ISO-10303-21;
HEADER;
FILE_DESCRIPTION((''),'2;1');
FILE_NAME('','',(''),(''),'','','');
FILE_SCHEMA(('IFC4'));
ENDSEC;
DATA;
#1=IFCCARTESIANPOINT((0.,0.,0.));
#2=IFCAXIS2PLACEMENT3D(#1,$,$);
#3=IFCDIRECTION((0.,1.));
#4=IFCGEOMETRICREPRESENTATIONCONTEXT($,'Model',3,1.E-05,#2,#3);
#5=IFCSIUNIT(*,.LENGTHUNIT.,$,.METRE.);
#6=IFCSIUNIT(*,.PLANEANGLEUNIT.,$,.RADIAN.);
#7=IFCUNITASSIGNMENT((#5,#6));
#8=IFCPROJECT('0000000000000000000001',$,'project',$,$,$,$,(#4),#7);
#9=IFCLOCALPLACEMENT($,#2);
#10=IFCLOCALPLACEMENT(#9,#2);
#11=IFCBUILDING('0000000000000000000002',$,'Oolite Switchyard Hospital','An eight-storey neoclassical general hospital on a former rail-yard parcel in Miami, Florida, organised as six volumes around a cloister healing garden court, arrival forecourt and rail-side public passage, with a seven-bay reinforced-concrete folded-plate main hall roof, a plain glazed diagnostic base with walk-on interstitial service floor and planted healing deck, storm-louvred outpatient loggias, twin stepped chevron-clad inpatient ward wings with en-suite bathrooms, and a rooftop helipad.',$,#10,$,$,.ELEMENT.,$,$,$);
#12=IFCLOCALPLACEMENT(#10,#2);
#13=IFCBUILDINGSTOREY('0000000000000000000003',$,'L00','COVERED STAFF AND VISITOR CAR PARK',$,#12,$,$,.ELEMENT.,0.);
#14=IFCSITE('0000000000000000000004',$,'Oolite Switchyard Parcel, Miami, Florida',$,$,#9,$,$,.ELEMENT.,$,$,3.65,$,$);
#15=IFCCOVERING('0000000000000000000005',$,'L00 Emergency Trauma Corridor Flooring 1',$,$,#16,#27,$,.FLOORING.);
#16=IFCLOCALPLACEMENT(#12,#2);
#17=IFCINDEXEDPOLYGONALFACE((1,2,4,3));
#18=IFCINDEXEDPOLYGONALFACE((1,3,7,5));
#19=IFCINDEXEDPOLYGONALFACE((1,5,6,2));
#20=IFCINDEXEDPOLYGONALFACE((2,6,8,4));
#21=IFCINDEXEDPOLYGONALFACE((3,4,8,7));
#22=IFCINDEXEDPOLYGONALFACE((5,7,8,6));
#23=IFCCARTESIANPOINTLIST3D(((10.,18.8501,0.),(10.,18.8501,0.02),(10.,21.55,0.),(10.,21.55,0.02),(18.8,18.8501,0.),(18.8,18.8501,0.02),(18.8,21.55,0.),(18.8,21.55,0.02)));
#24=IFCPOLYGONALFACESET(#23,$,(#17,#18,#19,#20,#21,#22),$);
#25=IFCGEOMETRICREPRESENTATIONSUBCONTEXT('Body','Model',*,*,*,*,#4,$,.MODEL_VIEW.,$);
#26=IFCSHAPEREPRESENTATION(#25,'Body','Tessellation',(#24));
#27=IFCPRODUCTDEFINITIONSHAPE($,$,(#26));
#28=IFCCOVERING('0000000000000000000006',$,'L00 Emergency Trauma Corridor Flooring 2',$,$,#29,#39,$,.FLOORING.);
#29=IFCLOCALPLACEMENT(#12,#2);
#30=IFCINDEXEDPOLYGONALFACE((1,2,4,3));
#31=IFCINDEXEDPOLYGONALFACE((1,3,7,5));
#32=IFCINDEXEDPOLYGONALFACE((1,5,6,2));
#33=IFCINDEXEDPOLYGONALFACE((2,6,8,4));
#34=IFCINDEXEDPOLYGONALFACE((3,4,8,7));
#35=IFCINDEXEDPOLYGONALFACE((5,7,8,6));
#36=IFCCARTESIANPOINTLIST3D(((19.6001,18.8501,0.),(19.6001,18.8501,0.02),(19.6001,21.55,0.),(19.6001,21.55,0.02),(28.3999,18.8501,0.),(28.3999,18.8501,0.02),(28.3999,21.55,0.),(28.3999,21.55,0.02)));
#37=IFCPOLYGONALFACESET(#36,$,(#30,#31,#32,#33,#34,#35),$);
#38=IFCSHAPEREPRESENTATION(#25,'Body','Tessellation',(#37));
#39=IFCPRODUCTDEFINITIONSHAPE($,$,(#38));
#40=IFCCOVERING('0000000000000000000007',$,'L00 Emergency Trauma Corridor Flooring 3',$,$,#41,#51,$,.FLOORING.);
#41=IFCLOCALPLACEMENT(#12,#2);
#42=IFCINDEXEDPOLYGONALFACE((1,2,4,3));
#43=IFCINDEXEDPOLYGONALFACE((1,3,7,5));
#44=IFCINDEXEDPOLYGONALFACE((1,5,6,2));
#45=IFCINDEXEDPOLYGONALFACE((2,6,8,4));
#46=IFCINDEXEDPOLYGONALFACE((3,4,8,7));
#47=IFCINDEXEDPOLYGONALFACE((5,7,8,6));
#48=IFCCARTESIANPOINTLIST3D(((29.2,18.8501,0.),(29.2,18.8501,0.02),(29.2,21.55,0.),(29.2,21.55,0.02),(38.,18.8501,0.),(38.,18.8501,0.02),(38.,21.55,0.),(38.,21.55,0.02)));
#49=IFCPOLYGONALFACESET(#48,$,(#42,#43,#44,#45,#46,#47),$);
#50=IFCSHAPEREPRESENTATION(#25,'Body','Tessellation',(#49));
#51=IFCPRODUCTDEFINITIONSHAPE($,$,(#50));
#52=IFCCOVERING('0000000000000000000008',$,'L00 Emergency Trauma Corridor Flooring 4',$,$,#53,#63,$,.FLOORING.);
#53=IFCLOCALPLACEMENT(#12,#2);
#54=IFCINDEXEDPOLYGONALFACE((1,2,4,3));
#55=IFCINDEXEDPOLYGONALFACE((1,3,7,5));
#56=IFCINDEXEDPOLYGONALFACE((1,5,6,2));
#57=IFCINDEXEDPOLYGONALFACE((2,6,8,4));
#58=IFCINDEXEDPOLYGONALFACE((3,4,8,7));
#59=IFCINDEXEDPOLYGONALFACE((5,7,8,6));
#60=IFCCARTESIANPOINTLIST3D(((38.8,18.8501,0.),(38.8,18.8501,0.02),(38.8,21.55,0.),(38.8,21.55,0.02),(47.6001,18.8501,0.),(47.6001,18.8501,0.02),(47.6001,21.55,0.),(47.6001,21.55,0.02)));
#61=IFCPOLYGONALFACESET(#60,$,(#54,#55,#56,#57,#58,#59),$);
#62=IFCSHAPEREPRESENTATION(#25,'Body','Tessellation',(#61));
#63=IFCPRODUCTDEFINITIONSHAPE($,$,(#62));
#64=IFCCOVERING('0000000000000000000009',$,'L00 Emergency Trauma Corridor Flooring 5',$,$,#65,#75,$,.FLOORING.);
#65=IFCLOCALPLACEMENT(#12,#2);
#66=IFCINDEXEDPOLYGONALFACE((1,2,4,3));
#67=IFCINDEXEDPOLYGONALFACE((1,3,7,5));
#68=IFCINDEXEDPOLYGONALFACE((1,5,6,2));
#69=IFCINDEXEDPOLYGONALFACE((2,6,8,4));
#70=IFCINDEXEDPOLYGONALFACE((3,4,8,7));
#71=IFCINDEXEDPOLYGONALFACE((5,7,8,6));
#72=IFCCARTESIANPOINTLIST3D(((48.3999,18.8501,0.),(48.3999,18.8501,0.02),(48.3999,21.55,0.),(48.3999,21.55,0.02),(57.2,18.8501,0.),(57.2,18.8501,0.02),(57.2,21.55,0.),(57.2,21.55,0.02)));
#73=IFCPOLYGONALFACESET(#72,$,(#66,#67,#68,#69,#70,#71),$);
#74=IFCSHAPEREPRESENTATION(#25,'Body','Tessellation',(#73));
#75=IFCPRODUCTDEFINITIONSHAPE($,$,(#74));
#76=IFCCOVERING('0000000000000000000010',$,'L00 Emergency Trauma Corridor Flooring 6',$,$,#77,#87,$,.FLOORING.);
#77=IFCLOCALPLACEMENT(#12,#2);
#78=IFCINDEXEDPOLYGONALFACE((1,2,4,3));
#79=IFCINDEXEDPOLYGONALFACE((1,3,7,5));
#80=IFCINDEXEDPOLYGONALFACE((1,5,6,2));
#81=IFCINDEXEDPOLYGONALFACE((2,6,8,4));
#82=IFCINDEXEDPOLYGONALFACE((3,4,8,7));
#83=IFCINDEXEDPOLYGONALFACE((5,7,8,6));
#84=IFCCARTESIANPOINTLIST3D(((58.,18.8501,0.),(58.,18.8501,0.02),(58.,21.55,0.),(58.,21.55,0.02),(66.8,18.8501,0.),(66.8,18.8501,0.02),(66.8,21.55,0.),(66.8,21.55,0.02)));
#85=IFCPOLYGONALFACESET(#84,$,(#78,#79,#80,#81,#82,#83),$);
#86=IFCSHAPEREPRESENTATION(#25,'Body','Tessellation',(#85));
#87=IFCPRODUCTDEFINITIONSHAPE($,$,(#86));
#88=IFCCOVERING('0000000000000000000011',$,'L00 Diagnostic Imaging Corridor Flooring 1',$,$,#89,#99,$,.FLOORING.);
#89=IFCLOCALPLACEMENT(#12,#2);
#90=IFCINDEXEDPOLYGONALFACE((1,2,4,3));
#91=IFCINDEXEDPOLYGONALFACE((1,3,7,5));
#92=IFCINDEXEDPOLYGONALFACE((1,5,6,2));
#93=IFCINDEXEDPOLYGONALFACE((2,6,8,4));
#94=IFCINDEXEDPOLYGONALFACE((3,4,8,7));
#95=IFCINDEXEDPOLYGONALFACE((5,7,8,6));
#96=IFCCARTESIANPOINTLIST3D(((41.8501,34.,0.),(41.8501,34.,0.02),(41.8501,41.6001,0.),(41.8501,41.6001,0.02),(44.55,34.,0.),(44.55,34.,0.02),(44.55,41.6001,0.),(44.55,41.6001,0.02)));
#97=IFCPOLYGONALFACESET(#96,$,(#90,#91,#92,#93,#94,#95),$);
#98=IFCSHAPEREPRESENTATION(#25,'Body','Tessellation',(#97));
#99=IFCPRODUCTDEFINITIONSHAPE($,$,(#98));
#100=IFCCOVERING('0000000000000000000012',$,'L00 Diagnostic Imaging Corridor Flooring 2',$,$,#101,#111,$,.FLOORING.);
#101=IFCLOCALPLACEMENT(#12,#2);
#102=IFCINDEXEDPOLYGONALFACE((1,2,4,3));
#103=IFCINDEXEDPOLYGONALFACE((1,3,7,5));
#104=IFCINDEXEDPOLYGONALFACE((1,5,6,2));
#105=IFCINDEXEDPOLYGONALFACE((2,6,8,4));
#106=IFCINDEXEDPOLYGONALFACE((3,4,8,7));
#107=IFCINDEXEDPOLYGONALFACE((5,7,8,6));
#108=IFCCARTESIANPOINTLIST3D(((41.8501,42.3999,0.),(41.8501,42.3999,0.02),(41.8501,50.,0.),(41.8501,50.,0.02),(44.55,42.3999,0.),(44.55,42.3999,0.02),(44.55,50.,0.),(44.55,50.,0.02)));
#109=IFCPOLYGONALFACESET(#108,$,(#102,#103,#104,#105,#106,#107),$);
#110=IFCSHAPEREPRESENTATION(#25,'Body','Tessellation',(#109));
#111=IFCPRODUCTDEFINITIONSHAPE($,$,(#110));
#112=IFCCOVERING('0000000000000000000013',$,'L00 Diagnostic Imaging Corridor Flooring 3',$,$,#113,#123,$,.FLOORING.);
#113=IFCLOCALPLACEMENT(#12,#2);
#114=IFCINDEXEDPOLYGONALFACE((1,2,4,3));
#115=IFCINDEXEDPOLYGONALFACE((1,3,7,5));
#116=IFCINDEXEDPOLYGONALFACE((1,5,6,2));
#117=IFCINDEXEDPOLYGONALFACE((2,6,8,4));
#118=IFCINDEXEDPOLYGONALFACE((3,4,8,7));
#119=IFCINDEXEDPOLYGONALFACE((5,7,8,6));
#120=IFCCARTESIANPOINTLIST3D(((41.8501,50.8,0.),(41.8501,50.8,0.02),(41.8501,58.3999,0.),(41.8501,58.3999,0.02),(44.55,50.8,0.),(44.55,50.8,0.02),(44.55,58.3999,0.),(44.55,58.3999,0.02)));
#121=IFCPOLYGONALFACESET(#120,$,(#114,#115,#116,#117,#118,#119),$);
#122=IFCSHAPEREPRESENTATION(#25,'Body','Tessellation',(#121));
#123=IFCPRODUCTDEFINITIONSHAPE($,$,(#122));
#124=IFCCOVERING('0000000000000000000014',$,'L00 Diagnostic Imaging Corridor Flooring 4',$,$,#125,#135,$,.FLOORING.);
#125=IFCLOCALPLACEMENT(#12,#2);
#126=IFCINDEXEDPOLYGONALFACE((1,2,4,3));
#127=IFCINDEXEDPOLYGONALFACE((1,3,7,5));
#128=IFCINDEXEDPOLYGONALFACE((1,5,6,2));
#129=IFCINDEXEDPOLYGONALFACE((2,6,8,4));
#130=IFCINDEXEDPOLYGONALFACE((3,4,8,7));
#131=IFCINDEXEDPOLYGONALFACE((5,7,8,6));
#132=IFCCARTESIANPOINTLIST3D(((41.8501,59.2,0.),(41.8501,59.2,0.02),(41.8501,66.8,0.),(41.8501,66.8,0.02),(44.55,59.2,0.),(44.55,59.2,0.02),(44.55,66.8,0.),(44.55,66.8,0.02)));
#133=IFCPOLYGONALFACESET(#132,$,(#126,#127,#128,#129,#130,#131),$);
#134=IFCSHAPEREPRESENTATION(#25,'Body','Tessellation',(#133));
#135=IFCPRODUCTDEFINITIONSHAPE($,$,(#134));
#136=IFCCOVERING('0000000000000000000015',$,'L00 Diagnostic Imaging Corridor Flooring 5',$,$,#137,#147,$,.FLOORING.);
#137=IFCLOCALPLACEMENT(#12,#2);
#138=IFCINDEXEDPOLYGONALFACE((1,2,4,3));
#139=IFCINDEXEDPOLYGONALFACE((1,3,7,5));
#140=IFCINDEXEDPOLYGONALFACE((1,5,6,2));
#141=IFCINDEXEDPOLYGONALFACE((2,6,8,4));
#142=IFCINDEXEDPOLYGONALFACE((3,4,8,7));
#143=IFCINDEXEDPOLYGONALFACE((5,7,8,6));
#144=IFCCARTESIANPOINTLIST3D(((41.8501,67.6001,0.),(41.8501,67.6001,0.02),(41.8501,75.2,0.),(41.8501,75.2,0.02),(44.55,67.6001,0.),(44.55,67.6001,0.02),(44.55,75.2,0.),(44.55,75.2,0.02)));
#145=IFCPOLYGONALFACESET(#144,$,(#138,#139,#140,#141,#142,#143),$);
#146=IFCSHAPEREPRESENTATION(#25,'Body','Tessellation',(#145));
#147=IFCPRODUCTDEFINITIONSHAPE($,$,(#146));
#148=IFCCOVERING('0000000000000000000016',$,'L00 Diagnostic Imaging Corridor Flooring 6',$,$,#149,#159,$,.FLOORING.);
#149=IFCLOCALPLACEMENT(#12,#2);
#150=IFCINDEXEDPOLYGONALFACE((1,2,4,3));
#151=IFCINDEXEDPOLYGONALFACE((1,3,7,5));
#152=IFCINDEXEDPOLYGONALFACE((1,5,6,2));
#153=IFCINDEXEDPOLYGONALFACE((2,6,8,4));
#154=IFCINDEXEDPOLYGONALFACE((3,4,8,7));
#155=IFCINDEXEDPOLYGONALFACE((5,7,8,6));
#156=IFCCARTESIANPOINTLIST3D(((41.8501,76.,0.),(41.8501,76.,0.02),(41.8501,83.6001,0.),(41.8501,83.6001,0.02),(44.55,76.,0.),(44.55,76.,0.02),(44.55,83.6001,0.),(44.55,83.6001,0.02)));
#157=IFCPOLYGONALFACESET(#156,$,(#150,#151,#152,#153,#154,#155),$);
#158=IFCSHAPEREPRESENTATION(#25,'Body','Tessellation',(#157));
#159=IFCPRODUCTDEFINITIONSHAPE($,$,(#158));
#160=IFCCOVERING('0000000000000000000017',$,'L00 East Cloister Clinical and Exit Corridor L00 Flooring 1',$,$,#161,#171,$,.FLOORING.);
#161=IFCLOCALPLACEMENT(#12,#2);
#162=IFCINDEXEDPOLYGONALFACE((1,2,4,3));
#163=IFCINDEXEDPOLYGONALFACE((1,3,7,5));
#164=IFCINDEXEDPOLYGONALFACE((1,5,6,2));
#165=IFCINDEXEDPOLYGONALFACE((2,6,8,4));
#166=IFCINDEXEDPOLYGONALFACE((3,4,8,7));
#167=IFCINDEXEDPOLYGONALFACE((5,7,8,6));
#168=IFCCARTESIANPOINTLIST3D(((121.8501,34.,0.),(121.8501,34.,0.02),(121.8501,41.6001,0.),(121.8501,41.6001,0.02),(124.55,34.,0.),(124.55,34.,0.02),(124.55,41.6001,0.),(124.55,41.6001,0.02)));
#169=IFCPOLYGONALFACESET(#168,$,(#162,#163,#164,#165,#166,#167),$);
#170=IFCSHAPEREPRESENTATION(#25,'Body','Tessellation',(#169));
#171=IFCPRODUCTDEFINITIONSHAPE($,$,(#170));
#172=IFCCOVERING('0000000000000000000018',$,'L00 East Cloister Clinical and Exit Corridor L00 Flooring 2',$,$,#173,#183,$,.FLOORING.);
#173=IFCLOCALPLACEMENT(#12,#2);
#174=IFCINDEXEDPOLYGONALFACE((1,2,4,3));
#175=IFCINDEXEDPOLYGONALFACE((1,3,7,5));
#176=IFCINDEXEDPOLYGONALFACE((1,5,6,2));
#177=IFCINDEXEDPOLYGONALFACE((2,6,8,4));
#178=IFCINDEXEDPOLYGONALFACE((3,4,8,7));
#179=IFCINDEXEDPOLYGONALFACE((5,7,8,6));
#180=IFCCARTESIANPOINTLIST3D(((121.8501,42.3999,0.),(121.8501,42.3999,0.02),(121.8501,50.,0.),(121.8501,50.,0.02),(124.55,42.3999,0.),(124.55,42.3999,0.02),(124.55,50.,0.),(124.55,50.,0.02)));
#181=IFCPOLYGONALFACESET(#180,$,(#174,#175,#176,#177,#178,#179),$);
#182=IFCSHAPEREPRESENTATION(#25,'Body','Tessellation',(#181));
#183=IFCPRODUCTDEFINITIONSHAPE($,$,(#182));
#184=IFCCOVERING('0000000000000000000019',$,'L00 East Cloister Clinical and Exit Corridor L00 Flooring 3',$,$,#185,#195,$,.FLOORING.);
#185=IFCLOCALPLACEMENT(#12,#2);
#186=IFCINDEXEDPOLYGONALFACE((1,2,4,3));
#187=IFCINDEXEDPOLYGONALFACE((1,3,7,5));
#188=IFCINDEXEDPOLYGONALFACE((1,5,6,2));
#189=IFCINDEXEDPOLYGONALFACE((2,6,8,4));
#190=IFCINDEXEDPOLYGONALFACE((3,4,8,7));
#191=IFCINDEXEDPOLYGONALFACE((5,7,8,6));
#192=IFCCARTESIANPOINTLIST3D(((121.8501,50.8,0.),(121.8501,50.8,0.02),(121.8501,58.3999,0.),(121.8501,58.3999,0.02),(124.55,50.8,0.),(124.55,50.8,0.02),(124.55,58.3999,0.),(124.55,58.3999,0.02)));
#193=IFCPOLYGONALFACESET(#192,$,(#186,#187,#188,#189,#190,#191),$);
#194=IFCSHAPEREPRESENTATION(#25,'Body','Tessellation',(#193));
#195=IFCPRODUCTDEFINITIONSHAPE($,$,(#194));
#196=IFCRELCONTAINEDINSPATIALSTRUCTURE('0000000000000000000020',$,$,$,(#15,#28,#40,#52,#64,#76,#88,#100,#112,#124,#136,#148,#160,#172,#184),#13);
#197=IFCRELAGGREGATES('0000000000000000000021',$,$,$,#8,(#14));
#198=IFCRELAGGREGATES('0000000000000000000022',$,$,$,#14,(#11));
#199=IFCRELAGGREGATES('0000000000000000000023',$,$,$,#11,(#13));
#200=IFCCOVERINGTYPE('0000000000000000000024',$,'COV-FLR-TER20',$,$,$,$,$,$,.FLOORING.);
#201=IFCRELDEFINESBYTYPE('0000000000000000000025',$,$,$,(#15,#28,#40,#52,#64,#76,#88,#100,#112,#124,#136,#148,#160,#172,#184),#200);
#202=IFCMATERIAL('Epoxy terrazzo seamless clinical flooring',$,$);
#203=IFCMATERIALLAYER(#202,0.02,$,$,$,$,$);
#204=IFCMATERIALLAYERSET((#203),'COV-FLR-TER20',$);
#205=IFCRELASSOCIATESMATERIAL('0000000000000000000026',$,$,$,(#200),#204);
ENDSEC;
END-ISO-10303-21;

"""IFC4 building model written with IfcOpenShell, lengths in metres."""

from ifc_helpers import new_model, si_unit, direction, origin, place, context, subcontext, project, spatial, polyline, outline, extrude, material, layer, layer_set, type_object, element, save


model = new_model("IFC4")

# Units and contexts
model_context = context("Model", 3, precision=1e-05, world=origin(), true_north=direction((0.0, 1.0)))
body_context = subcontext(model_context, "Body", "Model", "MODEL_VIEW")
ifc_project = project(units=[si_unit("LENGTHUNIT", "METRE"), si_unit("PLANEANGLEUNIT", "RADIAN")], contexts=[model_context])

# Site, building, storey
site_placement = place(None, origin())
site = spatial("IfcSite", under=ifc_project, at=site_placement, Name="Oolite Switchyard Parcel, Miami, Florida", CompositionType="ELEMENT", RefElevation=3.65)
building_placement = place(site_placement, origin())
building = spatial("IfcBuilding", under=site, at=building_placement, Name="Oolite Switchyard Hospital", Description="An eight-storey neoclassical general hospital on a former rail-yard parcel in Miami, Florida, organised as six volumes around a cloister healing garden court, arrival forecourt and rail-side public passage, with a seven-bay reinforced-concrete folded-plate main hall roof, a plain glazed diagnostic base with walk-on interstitial service floor and planted healing deck, storm-louvred outpatient loggias, twin stepped chevron-clad inpatient ward wings with en-suite bathrooms, and a rooftop helipad.", CompositionType="ELEMENT")
storey_placement = place(building_placement, origin())
storey = spatial("IfcBuildingStorey", under=building, at=storey_placement, Name="L00", Description="COVERED STAFF AND VISITOR CAR PARK", CompositionType="ELEMENT", Elevation=0.0)

# Coverings
ifc_material = material(Name="Epoxy terrazzo seamless clinical flooring")
ifc_layer = layer(ifc_material, 0.02)
ifc_layer_set = layer_set([ifc_layer], Name="COV-FLR-TER20")
covering_type = type_object("IfcCoveringType", Name="COV-FLR-TER20", PredefinedType="FLOORING", material=ifc_layer_set)
covering_1_placement = place(storey_placement, origin())
element("IfcCovering", 1, at=covering_1_placement, inside=storey, type_object=covering_type, Name="L00 Emergency Trauma Corridor Flooring 1", PredefinedType="FLOORING", context=body_context, shape_type="SweptSolid", body=[
    extrude(outline(polyline([(10.0, 18.8501), (18.8, 18.8501), (18.8, 21.55), (10.0, 21.55), (10.0, 18.8501)])), origin(), (0.0, 0.0, 1.0), 0.02),
])
covering_2_placement = place(storey_placement, origin())
element("IfcCovering", 2, at=covering_2_placement, inside=storey, type_object=covering_type, Name="L00 Emergency Trauma Corridor Flooring 2", PredefinedType="FLOORING", context=body_context, shape_type="SweptSolid", body=[
    extrude(outline(polyline([(19.6001, 18.8501), (28.3999, 18.8501), (28.3999, 21.55), (19.6001, 21.55), (19.6001, 18.8501)])), origin(), (0.0, 0.0, 1.0), 0.02),
])
covering_3_placement = place(storey_placement, origin())
element("IfcCovering", 3, at=covering_3_placement, inside=storey, type_object=covering_type, Name="L00 Emergency Trauma Corridor Flooring 3", PredefinedType="FLOORING", context=body_context, shape_type="SweptSolid", body=[
    extrude(outline(polyline([(29.2, 18.8501), (38.0, 18.8501), (38.0, 21.55), (29.2, 21.55), (29.2, 18.8501)])), origin(), (0.0, 0.0, 1.0), 0.02),
])
covering_4_placement = place(storey_placement, origin())
element("IfcCovering", 4, at=covering_4_placement, inside=storey, type_object=covering_type, Name="L00 Emergency Trauma Corridor Flooring 4", PredefinedType="FLOORING", context=body_context, shape_type="SweptSolid", body=[
    extrude(outline(polyline([(38.8, 18.8501), (47.6001, 18.8501), (47.6001, 21.55), (38.8, 21.55), (38.8, 18.8501)])), origin(), (0.0, 0.0, 1.0), 0.02),
])
covering_5_placement = place(storey_placement, origin())
element("IfcCovering", 5, at=covering_5_placement, inside=storey, type_object=covering_type, Name="L00 Emergency Trauma Corridor Flooring 5", PredefinedType="FLOORING", context=body_context, shape_type="SweptSolid", body=[
    extrude(outline(polyline([(48.3999, 18.8501), (57.2, 18.8501), (57.2, 21.55), (48.3999, 21.55), (48.3999, 18.8501)])), origin(), (0.0, 0.0, 1.0), 0.02),
])
covering_6_placement = place(storey_placement, origin())
element("IfcCovering", 6, at=covering_6_placement, inside=storey, type_object=covering_type, Name="L00 Emergency Trauma Corridor Flooring 6", PredefinedType="FLOORING", context=body_context, shape_type="SweptSolid", body=[
    extrude(outline(polyline([(58.0, 18.8501), (66.8, 18.8501), (66.8, 21.55), (58.0, 21.55), (58.0, 18.8501)])), origin(), (0.0, 0.0, 1.0), 0.02),
])
covering_7_placement = place(storey_placement, origin())
element("IfcCovering", 7, at=covering_7_placement, inside=storey, type_object=covering_type, Name="L00 Diagnostic Imaging Corridor Flooring 1", PredefinedType="FLOORING", context=body_context, shape_type="SweptSolid", body=[
    extrude(outline(polyline([(41.8501, 34.0), (44.55, 34.0), (44.55, 41.6001), (41.8501, 41.6001), (41.8501, 34.0)])), origin(), (0.0, 0.0, 1.0), 0.02),
])
covering_8_placement = place(storey_placement, origin())
element("IfcCovering", 8, at=covering_8_placement, inside=storey, type_object=covering_type, Name="L00 Diagnostic Imaging Corridor Flooring 2", PredefinedType="FLOORING", context=body_context, shape_type="SweptSolid", body=[
    extrude(outline(polyline([(41.8501, 42.3999), (44.55, 42.3999), (44.55, 50.0), (41.8501, 50.0), (41.8501, 42.3999)])), origin(), (0.0, 0.0, 1.0), 0.02),
])
covering_9_placement = place(storey_placement, origin())
element("IfcCovering", 9, at=covering_9_placement, inside=storey, type_object=covering_type, Name="L00 Diagnostic Imaging Corridor Flooring 3", PredefinedType="FLOORING", context=body_context, shape_type="SweptSolid", body=[
    extrude(outline(polyline([(41.8501, 50.8), (44.55, 50.8), (44.55, 58.3999), (41.8501, 58.3999), (41.8501, 50.8)])), origin(), (0.0, 0.0, 1.0), 0.02),
])
covering_10_placement = place(storey_placement, origin())
element("IfcCovering", 10, at=covering_10_placement, inside=storey, type_object=covering_type, Name="L00 Diagnostic Imaging Corridor Flooring 4", PredefinedType="FLOORING", context=body_context, shape_type="SweptSolid", body=[
    extrude(outline(polyline([(41.8501, 59.2), (44.55, 59.2), (44.55, 66.8), (41.8501, 66.8), (41.8501, 59.2)])), origin(), (0.0, 0.0, 1.0), 0.02),
])
covering_11_placement = place(storey_placement, origin())
element("IfcCovering", 11, at=covering_11_placement, inside=storey, type_object=covering_type, Name="L00 Diagnostic Imaging Corridor Flooring 5", PredefinedType="FLOORING", context=body_context, shape_type="SweptSolid", body=[
    extrude(outline(polyline([(41.8501, 67.6001), (44.55, 67.6001), (44.55, 75.2), (41.8501, 75.2), (41.8501, 67.6001)])), origin(), (0.0, 0.0, 1.0), 0.02),
])
covering_12_placement = place(storey_placement, origin())
element("IfcCovering", 12, at=covering_12_placement, inside=storey, type_object=covering_type, Name="L00 Diagnostic Imaging Corridor Flooring 6", PredefinedType="FLOORING", context=body_context, shape_type="SweptSolid", body=[
    extrude(outline(polyline([(41.8501, 76.0), (44.55, 76.0), (44.55, 83.6001), (41.8501, 83.6001), (41.8501, 76.0)])), origin(), (0.0, 0.0, 1.0), 0.02),
])
covering_13_placement = place(storey_placement, origin())
element("IfcCovering", 13, at=covering_13_placement, inside=storey, type_object=covering_type, Name="L00 East Cloister Clinical and Exit Corridor L00 Flooring 1", PredefinedType="FLOORING", context=body_context, shape_type="SweptSolid", body=[
    extrude(outline(polyline([(121.8501, 34.0), (124.55, 34.0), (124.55, 41.6001), (121.8501, 41.6001), (121.8501, 34.0)])), origin(), (0.0, 0.0, 1.0), 0.02),
])
covering_14_placement = place(storey_placement, origin())
element("IfcCovering", 14, at=covering_14_placement, inside=storey, type_object=covering_type, Name="L00 East Cloister Clinical and Exit Corridor L00 Flooring 2", PredefinedType="FLOORING", context=body_context, shape_type="SweptSolid", body=[
    extrude(outline(polyline([(121.8501, 42.3999), (124.55, 42.3999), (124.55, 50.0), (121.8501, 50.0), (121.8501, 42.3999)])), origin(), (0.0, 0.0, 1.0), 0.02),
])
covering_15_placement = place(storey_placement, origin())
element("IfcCovering", 15, at=covering_15_placement, inside=storey, type_object=covering_type, Name="L00 East Cloister Clinical and Exit Corridor L00 Flooring 3", PredefinedType="FLOORING", context=body_context, shape_type="SweptSolid", body=[
    extrude(outline(polyline([(121.8501, 50.8), (124.55, 50.8), (124.55, 58.3999), (121.8501, 58.3999), (121.8501, 50.8)])), origin(), (0.0, 0.0, 1.0), 0.02),
])

save(model, "model.ifc")
